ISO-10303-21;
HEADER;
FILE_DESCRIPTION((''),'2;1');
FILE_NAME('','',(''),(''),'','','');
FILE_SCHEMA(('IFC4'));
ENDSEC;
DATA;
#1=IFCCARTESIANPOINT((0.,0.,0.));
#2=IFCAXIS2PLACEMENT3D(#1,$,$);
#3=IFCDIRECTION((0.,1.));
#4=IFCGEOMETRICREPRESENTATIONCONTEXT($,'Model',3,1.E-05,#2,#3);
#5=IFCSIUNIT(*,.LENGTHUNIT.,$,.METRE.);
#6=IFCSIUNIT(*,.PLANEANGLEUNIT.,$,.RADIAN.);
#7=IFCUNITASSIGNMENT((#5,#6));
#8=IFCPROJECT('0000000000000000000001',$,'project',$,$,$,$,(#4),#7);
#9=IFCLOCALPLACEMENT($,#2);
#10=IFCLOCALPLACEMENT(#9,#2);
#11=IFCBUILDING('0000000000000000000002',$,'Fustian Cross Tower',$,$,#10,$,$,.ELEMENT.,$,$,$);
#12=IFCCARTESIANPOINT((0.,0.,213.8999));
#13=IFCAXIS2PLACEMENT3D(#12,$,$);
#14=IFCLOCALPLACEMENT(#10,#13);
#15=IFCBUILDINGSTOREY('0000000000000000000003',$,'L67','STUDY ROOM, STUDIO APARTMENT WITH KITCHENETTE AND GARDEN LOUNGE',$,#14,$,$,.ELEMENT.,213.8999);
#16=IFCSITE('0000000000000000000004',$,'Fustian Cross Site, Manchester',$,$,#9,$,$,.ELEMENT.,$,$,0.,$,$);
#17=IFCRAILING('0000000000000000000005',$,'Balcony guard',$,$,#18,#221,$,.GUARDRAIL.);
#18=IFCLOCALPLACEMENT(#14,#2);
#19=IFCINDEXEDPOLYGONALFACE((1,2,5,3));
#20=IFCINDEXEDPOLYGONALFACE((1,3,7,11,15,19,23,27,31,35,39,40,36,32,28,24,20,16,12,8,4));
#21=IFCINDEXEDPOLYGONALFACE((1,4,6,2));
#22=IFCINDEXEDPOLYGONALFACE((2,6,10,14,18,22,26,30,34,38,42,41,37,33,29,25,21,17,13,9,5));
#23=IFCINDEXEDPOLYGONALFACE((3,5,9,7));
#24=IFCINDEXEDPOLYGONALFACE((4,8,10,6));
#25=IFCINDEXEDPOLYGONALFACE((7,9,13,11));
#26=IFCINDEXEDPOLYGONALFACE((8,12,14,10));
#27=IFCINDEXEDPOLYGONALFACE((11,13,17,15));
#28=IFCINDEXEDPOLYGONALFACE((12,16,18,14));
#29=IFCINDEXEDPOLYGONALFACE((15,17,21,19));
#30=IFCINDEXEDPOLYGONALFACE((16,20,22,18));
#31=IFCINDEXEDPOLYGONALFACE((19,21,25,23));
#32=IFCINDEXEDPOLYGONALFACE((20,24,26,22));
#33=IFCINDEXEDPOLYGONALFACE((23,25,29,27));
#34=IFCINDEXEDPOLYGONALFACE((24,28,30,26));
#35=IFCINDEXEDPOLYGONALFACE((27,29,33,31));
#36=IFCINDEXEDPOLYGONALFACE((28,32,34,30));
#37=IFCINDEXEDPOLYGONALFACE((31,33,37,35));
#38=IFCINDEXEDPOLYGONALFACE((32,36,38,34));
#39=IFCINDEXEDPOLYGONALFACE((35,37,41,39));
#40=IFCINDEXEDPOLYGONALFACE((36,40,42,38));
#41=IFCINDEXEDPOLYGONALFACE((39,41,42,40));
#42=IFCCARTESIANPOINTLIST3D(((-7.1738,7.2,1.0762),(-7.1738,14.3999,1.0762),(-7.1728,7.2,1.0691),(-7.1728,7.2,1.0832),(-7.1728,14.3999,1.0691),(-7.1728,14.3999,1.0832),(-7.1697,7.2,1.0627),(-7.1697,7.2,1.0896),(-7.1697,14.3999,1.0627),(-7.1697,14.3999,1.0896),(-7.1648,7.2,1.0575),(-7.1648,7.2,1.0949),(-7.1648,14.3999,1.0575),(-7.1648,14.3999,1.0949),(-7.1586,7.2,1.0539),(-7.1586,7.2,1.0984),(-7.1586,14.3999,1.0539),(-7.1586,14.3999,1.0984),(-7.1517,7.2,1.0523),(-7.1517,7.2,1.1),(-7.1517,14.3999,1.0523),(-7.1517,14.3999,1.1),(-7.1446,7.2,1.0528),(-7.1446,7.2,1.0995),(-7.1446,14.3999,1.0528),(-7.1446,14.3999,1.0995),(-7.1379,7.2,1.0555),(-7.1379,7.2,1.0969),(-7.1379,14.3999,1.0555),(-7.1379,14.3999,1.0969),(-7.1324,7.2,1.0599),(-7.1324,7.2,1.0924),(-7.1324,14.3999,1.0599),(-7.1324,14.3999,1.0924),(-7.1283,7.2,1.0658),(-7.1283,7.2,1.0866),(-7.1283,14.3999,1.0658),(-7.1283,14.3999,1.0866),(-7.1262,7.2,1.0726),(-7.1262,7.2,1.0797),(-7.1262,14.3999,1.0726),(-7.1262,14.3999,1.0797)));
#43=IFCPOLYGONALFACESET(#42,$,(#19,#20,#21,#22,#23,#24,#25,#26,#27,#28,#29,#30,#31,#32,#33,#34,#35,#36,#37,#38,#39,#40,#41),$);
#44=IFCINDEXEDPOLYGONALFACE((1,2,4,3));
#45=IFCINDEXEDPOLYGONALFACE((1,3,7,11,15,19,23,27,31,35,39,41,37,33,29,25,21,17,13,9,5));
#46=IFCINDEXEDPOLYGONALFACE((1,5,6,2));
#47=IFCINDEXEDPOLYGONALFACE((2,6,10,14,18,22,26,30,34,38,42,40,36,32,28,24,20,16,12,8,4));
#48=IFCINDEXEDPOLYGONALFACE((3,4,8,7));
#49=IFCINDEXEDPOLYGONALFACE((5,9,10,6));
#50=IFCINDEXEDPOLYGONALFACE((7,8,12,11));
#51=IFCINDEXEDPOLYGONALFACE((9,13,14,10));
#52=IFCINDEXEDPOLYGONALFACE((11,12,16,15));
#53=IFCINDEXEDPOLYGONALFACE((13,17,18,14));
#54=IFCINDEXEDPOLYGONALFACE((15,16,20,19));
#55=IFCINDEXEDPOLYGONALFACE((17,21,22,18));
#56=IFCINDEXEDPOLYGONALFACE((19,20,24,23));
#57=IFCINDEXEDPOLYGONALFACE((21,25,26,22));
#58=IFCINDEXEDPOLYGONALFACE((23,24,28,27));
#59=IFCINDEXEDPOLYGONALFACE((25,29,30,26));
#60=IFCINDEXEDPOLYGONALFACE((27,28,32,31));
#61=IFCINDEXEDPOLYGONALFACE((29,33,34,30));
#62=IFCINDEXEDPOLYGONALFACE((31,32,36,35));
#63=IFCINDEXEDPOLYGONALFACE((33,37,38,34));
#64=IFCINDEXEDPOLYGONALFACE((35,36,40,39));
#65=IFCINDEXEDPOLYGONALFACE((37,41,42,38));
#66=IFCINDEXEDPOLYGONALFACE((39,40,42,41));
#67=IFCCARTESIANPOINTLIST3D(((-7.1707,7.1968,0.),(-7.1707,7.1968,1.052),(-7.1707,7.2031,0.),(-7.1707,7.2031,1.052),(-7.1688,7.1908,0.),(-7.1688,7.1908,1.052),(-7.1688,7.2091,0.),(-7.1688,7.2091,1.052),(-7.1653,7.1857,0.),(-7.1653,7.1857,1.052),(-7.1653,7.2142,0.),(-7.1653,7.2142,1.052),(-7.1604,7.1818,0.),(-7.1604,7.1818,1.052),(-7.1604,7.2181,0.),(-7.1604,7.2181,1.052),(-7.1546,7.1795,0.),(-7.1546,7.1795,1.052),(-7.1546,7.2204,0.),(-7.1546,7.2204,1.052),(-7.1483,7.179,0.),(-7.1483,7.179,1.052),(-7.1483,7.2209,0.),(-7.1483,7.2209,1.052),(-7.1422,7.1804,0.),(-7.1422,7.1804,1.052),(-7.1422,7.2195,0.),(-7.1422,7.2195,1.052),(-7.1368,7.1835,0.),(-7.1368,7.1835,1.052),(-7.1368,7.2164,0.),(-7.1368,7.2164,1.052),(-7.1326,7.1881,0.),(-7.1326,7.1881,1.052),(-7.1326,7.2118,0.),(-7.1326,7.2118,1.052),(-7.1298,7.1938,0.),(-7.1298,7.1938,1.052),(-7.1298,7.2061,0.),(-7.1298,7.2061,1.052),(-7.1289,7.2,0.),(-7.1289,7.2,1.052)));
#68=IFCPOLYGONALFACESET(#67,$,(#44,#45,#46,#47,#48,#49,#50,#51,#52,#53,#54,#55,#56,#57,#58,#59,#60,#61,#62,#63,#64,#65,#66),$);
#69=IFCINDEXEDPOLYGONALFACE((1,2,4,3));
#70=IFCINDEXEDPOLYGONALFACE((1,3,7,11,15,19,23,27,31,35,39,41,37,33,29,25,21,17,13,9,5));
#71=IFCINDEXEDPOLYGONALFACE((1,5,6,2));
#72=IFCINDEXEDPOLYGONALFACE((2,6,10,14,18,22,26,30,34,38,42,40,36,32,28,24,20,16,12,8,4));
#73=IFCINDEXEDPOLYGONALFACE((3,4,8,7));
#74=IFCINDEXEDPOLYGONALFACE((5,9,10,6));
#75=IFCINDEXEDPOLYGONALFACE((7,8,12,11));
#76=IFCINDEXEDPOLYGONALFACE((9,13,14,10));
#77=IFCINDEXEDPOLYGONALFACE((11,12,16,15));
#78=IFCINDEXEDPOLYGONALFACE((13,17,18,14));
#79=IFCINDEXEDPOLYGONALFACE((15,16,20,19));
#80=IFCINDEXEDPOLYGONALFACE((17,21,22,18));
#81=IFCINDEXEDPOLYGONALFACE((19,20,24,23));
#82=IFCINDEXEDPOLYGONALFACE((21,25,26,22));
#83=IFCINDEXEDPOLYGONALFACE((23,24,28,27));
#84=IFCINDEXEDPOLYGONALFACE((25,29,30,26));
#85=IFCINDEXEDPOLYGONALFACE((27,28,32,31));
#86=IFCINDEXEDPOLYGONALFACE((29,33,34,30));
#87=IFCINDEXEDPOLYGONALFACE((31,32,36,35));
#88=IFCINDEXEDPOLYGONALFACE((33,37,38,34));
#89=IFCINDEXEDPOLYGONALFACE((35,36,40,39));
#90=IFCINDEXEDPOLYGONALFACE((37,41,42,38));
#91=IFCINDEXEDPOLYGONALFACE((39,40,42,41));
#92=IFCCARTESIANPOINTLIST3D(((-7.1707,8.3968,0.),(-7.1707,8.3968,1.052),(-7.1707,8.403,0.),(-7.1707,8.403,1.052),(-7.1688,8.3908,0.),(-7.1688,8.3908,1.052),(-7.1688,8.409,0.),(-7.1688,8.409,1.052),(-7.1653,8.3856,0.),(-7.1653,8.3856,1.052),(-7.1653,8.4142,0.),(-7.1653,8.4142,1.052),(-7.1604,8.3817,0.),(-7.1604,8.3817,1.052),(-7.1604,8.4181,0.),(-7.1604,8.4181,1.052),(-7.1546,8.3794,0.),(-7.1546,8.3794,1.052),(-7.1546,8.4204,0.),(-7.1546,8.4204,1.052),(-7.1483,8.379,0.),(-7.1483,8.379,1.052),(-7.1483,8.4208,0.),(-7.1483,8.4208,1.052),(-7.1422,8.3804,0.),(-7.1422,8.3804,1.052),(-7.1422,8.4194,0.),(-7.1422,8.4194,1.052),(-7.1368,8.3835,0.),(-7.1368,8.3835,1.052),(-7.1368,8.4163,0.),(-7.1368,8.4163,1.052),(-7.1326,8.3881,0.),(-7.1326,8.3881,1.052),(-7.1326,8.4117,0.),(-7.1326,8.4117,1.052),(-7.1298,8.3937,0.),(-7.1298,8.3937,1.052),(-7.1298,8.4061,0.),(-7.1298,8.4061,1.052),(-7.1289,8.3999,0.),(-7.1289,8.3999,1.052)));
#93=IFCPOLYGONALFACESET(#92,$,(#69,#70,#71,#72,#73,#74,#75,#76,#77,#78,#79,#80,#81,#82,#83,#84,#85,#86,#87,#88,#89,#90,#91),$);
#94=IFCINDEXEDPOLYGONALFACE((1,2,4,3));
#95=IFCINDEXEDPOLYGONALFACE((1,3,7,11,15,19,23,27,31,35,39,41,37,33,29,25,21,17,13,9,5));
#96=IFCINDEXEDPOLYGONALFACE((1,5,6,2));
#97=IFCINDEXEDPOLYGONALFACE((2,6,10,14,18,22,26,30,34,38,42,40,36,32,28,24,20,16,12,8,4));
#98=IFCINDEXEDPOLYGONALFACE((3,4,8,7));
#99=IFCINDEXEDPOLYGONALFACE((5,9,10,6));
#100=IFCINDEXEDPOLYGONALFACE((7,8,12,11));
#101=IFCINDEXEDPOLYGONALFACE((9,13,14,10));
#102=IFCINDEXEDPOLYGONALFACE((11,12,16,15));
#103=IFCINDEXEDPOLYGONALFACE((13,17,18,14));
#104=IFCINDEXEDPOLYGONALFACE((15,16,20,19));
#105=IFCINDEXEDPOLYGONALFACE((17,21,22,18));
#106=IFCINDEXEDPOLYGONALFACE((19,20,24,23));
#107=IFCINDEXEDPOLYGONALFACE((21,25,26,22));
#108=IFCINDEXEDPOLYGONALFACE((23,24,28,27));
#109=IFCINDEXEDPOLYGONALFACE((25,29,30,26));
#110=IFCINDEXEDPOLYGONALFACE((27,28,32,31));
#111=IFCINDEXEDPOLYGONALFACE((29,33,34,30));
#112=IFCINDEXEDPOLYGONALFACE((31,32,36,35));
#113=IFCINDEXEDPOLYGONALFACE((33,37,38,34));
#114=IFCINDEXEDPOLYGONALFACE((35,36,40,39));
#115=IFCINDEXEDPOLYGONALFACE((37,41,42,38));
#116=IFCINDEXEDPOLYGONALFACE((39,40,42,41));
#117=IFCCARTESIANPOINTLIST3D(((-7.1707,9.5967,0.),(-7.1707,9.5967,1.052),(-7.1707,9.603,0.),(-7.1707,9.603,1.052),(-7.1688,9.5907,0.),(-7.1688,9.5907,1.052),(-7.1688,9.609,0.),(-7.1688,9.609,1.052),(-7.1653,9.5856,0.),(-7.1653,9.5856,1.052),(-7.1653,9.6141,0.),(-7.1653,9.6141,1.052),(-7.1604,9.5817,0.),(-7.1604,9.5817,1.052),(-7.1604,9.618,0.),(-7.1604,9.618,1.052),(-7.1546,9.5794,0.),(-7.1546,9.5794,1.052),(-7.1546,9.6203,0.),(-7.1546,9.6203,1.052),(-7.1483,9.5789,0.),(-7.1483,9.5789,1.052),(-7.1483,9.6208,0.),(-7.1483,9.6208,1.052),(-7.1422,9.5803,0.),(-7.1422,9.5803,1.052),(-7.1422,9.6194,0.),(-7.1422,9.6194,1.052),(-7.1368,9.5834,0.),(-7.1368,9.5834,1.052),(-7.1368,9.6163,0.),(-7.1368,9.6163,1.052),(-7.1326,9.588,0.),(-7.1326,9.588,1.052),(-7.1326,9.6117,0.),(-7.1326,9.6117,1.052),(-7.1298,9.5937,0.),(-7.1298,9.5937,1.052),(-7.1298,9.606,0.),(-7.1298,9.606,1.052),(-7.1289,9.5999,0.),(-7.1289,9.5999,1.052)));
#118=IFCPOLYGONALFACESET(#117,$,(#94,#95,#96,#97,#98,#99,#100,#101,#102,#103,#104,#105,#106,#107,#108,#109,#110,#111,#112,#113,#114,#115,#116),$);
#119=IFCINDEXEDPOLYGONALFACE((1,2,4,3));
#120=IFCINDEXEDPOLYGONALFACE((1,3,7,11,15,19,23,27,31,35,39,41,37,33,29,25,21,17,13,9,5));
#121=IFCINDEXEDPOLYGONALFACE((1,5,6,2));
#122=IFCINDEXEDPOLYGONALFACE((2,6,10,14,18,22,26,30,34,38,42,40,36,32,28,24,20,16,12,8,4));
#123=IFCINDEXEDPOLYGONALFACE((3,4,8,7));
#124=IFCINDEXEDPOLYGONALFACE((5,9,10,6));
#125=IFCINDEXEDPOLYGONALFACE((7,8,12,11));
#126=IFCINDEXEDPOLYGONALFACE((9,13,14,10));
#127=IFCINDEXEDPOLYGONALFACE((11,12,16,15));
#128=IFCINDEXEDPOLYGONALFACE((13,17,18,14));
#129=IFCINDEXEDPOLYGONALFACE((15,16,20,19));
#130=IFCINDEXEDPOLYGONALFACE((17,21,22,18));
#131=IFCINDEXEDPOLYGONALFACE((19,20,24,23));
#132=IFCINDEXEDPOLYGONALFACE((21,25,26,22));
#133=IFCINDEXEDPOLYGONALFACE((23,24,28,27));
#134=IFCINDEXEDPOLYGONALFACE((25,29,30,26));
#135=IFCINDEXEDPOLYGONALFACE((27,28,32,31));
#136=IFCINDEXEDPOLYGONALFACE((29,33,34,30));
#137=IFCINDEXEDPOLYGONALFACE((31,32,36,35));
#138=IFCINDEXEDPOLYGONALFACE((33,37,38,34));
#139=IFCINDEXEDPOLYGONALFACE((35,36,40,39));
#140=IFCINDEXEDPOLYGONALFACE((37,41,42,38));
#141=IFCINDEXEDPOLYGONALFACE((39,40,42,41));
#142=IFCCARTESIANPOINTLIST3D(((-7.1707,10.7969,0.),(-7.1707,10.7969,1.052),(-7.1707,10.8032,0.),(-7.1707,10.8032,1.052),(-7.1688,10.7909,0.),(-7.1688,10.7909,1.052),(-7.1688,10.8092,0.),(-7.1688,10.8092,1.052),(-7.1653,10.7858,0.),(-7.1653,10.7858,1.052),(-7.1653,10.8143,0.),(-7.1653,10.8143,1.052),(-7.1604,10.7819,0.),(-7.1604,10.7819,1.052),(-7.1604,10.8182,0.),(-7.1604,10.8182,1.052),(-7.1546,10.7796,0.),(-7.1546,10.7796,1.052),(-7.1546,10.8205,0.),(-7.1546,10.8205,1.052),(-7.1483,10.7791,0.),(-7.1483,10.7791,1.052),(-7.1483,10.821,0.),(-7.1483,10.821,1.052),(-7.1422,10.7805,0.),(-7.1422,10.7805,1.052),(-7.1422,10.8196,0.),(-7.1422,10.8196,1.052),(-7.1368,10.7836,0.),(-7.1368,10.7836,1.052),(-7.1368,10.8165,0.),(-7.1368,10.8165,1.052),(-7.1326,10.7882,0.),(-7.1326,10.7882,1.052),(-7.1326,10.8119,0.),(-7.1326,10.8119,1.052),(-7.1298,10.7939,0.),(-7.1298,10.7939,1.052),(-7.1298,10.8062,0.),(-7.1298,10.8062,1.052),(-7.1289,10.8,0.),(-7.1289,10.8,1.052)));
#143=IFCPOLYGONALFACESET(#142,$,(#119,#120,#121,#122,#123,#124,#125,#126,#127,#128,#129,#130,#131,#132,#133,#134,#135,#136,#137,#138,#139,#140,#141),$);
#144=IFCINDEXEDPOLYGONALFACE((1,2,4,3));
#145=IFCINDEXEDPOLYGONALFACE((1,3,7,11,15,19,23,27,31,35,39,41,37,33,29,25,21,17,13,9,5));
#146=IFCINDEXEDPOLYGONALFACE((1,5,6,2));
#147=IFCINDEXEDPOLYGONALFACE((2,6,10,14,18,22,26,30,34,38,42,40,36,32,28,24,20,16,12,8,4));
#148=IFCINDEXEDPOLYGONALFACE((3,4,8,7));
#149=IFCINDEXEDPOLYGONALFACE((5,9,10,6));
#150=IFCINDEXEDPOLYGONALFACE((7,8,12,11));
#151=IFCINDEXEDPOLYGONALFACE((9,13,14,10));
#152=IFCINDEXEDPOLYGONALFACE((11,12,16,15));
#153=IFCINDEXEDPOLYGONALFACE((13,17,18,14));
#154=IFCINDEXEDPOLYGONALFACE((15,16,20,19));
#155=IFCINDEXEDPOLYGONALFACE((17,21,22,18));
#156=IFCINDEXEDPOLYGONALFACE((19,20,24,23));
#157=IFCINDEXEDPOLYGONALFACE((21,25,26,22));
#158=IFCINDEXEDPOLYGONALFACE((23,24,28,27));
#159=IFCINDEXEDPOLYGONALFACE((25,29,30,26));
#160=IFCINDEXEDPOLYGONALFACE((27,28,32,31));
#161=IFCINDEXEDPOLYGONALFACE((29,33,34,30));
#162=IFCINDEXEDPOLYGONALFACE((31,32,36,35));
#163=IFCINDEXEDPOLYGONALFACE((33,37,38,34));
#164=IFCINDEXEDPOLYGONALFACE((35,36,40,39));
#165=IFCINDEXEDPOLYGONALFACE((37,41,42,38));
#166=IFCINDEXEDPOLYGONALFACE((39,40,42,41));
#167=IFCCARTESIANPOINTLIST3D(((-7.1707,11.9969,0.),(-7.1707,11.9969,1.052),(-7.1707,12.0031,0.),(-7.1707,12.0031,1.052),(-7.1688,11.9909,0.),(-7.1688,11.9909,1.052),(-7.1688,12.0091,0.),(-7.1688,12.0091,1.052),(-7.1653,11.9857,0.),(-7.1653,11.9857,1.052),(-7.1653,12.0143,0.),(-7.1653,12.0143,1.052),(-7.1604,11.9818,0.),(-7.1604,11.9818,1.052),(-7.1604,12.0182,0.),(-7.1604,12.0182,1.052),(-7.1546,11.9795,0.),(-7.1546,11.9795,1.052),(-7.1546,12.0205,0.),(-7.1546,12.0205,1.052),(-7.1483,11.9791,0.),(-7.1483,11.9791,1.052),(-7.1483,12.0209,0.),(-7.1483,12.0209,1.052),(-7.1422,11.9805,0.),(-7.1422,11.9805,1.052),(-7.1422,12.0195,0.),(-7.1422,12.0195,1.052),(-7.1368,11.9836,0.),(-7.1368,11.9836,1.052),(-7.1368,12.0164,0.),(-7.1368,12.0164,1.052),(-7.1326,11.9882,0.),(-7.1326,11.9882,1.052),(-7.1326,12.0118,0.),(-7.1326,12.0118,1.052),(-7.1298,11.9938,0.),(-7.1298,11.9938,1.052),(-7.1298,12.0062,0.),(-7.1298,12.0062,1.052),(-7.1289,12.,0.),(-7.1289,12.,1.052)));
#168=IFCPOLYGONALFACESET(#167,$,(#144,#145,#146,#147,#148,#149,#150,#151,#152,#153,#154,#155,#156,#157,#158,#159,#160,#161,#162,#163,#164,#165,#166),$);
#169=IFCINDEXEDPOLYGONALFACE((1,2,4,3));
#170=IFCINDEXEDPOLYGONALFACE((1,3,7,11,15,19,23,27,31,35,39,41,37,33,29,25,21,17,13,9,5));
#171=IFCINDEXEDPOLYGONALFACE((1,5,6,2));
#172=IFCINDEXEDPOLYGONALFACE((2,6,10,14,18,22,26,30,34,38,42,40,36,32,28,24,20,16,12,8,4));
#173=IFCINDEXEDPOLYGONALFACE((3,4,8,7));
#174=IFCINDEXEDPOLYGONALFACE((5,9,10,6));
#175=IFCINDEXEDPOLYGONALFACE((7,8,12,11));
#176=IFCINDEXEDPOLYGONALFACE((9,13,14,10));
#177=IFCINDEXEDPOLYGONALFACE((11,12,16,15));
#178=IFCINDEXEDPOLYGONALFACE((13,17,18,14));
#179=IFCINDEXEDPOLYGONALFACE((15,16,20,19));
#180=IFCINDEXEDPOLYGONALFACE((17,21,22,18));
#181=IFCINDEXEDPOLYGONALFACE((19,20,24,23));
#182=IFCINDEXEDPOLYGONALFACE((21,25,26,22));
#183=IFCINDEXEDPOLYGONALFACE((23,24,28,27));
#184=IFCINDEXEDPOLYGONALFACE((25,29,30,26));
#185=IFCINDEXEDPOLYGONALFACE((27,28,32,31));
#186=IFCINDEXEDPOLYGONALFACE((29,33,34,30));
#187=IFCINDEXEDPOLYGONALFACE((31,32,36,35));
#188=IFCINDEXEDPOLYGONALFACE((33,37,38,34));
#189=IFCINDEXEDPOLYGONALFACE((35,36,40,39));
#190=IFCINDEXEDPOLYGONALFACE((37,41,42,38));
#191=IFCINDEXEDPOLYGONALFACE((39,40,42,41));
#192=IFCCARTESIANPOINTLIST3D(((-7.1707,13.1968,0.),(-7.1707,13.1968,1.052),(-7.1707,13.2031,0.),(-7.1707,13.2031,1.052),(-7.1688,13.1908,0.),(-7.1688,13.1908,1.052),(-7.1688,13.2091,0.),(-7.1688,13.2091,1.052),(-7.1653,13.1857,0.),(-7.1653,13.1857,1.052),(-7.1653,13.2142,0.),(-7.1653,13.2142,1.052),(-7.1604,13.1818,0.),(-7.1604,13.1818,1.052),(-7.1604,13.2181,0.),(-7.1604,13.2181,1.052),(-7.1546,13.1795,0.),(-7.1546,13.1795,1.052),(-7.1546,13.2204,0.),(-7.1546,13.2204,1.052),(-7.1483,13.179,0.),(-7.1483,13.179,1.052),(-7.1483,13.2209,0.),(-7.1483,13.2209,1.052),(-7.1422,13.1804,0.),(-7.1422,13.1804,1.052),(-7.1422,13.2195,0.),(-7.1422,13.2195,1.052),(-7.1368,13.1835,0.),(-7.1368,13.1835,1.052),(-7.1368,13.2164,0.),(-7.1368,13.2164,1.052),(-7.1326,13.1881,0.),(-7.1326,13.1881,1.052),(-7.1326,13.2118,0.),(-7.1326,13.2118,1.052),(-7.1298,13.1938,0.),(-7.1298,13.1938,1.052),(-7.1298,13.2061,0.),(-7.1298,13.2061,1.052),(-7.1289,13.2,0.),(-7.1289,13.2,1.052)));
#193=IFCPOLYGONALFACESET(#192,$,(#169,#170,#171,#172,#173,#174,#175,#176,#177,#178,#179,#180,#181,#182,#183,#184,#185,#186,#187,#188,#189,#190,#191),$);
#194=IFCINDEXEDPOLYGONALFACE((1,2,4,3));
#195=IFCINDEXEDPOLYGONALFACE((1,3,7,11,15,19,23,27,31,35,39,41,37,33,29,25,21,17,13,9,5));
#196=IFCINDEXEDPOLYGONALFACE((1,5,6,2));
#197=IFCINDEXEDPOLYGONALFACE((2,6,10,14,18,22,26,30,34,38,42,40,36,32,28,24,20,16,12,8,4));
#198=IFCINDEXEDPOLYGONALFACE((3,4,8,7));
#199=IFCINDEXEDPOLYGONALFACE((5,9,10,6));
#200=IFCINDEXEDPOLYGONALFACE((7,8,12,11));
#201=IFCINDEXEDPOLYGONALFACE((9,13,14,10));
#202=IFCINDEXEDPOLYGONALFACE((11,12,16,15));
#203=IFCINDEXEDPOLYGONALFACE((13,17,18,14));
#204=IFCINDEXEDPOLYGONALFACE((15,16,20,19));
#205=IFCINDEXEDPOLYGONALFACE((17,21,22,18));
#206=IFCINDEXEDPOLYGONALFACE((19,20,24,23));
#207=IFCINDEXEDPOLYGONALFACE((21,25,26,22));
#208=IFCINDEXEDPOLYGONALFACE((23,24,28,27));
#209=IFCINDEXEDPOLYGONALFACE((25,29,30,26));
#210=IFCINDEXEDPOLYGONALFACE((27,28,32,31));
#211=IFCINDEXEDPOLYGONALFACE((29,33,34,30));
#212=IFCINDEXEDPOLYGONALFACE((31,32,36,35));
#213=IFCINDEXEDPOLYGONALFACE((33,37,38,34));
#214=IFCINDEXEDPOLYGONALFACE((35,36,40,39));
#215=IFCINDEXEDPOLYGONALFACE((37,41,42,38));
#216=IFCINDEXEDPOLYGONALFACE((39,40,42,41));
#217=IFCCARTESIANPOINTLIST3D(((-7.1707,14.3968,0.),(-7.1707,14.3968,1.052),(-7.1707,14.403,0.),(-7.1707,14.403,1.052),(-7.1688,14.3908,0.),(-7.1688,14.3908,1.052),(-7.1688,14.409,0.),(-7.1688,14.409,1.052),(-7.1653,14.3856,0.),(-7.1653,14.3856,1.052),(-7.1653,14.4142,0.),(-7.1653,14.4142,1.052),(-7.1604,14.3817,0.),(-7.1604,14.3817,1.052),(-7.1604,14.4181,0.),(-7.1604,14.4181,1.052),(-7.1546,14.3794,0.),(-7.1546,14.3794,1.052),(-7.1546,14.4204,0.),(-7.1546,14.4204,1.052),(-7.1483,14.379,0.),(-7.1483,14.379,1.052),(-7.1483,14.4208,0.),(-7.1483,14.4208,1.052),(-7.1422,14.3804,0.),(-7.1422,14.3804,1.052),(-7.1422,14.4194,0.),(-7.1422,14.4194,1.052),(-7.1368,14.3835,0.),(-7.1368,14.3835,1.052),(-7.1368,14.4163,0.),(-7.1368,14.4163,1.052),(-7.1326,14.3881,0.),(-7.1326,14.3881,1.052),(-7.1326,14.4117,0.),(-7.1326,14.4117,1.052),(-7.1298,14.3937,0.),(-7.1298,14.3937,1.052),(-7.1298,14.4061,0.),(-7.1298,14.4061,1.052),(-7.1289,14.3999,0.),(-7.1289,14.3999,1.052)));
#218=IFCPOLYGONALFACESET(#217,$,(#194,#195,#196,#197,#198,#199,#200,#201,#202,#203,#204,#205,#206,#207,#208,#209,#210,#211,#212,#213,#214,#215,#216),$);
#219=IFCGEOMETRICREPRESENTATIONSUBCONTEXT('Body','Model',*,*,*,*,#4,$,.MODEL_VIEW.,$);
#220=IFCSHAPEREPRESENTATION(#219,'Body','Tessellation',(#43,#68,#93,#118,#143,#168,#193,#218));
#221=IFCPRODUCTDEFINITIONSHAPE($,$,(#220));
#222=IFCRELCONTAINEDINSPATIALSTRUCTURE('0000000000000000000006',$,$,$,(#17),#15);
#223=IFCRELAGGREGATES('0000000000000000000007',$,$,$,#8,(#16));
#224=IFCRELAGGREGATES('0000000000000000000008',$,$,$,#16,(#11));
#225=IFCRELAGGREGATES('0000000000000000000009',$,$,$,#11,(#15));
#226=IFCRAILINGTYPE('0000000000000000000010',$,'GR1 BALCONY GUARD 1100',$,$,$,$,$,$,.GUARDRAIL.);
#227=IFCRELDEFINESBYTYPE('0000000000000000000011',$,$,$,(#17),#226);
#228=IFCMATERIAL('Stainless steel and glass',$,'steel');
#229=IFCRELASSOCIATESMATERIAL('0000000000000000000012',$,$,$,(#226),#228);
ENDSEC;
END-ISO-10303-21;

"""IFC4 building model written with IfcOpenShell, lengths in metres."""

from ifc_helpers import new_model, si_unit, direction, frame, origin, origin_2d, place, context, subcontext, project, spatial, circle, extrude, material, type_object, element, save


model = new_model("IFC4")

# Units and contexts
model_context = context("Model", 3, precision=1e-05, world=origin(), true_north=direction((0.0, 1.0)))
body_context = subcontext(model_context, "Body", "Model", "MODEL_VIEW")
ifc_project = project(units=[si_unit("LENGTHUNIT", "METRE"), si_unit("PLANEANGLEUNIT", "RADIAN")], contexts=[model_context])

# Site, building, storey
site_placement = place(None, origin())
site = spatial("IfcSite", under=ifc_project, at=site_placement, Name="Fustian Cross Site, Manchester", CompositionType="ELEMENT", RefElevation=0.0)
building_placement = place(site_placement, origin())
building = spatial("IfcBuilding", under=site, at=building_placement, Name="Fustian Cross Tower", CompositionType="ELEMENT")
storey_placement = place(building_placement, frame((0.0, 0.0, 213.8999)))
storey = spatial("IfcBuildingStorey", under=building, at=storey_placement, Name="L67", Description="STUDY ROOM, STUDIO APARTMENT WITH KITCHENETTE AND GARDEN LOUNGE", CompositionType="ELEMENT", Elevation=213.8999)

# Railing
ifc_material_1 = material(Name="Stainless steel and glass", Category="steel")
railing_type_1 = type_object("IfcRailingType", Name="GR1 BALCONY GUARD 1100", PredefinedType="GUARDRAIL", material=ifc_material_1)
railing_1_placement = place(storey_placement, frame((-7.1499, 7.2, 0.0)))
element("IfcRailing", 1, at=railing_1_placement, inside=storey, type_object=railing_type_1, Name="Balcony guard", PredefinedType="GUARDRAIL", context=body_context, shape_type="SweptSolid", body=[
    extrude(circle(Radius=0.0239, at=origin_2d()), frame((0.0, 0.0, 1.0762), z_axis=(0.0, 1.0, 0.0), x_axis=(-1.0, 0.0, 0.0)), (0.0, 0.0, 1.0), 7.2),
    extrude(circle(Radius=0.021, at=origin_2d()), origin(), (0.0, 0.0, 1.0), 1.052),
    extrude(circle(Radius=0.021, at=origin_2d()), frame((0.0, 1.2, 0.0)), (0.0, 0.0, 1.0), 1.052),
    extrude(circle(Radius=0.021, at=origin_2d()), frame((0.0, 2.3999, 0.0)), (0.0, 0.0, 1.0), 1.052),
    extrude(circle(Radius=0.021, at=origin_2d()), frame((0.0, 3.6001, 0.0)), (0.0, 0.0, 1.0), 1.052),
    extrude(circle(Radius=0.021, at=origin_2d()), frame((0.0, 4.8, 0.0)), (0.0, 0.0, 1.0), 1.052),
    extrude(circle(Radius=0.021, at=origin_2d()), frame((0.0, 6.0, 0.0)), (0.0, 0.0, 1.0), 1.052),
    extrude(circle(Radius=0.021, at=origin_2d()), frame((0.0, 7.2, 0.0)), (0.0, 0.0, 1.0), 1.052),
])

save(model, "model.ifc")
